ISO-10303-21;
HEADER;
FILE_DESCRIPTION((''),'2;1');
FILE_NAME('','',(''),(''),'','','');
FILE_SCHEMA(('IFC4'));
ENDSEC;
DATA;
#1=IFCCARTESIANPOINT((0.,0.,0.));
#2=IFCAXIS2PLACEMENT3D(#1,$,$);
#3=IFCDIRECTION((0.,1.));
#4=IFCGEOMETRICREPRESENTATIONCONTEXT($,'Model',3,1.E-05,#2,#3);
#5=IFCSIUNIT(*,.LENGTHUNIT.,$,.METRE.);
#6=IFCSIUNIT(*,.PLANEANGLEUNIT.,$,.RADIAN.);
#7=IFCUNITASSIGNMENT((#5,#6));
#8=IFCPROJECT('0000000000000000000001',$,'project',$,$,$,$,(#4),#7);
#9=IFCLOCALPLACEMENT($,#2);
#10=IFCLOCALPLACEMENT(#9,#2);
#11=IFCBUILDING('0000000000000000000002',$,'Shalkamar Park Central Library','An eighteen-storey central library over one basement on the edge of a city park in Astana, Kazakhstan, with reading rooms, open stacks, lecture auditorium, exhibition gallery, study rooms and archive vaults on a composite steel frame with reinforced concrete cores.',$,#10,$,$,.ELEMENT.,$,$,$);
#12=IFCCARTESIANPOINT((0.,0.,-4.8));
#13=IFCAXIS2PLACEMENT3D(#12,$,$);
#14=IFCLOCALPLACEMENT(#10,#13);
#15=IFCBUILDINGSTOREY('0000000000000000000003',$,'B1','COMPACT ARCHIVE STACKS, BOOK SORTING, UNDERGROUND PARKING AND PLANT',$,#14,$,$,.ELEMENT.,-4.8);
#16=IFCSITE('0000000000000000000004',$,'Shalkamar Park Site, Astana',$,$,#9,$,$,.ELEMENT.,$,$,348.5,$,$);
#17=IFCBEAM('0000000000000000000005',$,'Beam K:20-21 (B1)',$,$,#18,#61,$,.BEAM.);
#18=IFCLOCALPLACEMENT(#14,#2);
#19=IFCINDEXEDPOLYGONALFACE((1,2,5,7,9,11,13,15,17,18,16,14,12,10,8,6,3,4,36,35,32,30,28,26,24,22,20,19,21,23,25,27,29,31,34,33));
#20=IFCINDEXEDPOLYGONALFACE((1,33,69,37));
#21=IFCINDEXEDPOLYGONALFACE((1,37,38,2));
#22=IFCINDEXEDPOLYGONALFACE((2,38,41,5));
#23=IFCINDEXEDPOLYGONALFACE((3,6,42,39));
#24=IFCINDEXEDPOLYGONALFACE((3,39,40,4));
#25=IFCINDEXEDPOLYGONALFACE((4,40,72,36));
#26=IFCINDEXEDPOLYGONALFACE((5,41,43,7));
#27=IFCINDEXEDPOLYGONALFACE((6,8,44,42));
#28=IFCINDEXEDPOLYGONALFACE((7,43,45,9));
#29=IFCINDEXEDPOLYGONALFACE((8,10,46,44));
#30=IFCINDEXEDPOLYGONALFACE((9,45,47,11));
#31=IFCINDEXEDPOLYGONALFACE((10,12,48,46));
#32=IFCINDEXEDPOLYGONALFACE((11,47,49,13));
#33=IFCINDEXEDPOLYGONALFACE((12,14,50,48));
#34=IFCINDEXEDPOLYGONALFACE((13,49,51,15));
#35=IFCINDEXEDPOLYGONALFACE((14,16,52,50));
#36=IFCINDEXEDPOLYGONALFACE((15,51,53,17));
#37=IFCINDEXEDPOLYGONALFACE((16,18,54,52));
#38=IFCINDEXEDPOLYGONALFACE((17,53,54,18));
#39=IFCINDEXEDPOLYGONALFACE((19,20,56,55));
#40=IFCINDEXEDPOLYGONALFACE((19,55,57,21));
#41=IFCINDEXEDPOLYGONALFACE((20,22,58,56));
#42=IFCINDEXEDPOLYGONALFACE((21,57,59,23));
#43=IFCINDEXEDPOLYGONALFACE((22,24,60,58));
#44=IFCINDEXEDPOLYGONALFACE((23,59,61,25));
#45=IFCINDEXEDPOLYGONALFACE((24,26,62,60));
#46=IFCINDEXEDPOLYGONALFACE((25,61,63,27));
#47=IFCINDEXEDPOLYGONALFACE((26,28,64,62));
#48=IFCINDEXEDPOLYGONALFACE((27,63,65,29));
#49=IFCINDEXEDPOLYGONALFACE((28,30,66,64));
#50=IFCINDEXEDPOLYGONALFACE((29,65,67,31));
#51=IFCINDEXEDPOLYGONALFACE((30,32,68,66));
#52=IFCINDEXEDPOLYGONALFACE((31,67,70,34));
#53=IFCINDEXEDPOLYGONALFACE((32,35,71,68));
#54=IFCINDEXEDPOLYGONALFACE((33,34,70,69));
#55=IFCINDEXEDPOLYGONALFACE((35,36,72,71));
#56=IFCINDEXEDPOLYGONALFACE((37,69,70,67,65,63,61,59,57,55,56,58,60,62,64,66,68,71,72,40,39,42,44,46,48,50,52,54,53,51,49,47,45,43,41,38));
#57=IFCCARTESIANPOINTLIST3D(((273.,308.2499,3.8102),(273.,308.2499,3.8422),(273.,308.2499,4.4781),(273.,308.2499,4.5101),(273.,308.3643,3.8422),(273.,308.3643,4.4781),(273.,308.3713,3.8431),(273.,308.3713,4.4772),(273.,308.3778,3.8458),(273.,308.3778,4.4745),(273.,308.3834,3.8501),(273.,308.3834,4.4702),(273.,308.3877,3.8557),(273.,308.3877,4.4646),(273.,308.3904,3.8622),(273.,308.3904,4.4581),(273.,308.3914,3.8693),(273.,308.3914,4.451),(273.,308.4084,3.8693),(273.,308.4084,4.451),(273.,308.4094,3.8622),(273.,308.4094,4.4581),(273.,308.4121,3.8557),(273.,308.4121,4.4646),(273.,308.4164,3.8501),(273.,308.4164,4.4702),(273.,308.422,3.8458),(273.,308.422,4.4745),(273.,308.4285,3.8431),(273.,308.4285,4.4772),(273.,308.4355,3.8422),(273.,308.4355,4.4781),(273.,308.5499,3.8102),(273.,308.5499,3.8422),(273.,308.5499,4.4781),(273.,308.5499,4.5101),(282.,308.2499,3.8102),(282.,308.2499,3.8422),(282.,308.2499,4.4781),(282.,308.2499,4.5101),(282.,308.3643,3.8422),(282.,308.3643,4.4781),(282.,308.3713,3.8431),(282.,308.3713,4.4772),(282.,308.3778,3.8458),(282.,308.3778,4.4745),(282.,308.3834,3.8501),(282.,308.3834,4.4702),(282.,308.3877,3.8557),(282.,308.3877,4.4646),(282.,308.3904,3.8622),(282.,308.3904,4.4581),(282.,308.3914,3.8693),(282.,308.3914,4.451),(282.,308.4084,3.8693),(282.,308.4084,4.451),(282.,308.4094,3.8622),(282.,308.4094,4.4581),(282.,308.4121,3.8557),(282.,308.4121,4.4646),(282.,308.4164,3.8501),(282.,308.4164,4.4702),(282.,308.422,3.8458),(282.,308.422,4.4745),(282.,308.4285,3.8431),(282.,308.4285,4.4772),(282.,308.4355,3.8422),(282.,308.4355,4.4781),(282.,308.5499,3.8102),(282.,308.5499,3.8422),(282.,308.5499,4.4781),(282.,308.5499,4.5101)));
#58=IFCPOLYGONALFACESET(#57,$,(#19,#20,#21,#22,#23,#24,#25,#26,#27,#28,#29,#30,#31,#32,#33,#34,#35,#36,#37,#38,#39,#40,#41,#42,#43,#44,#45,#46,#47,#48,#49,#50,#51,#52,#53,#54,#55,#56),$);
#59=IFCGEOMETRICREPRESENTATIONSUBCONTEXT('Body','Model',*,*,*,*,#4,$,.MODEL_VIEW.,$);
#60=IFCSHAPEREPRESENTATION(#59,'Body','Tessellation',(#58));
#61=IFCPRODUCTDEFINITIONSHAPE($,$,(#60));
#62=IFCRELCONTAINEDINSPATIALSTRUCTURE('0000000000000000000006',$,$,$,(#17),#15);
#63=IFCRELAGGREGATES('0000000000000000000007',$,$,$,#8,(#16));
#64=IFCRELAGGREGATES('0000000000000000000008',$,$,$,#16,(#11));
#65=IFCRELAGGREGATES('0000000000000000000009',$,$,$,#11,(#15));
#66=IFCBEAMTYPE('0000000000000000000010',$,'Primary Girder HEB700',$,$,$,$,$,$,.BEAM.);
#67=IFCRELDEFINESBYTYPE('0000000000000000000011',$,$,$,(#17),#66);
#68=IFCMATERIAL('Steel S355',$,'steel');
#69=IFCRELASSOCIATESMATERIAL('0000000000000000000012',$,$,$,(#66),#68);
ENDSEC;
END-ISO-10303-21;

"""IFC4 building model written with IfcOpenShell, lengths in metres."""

from ifc_helpers import new_model, si_unit, direction, frame, origin, origin_2d, place, context, subcontext, project, spatial, i_section, extrude, material, material_profile, profile_set, type_object, element, save


model = new_model("IFC4")

# Units and contexts
model_context = context("Model", 3, precision=1e-05, world=origin(), true_north=direction((0.0, 1.0)))
body_context = subcontext(model_context, "Body", "Model", "MODEL_VIEW")
ifc_project = project(units=[si_unit("LENGTHUNIT", "METRE"), si_unit("PLANEANGLEUNIT", "RADIAN")], contexts=[model_context])

# Site, building, storey
site_placement = place(None, origin())
site = spatial("IfcSite", under=ifc_project, at=site_placement, Name="Shalkamar Park Site, Astana", CompositionType="ELEMENT", RefElevation=348.5)
building_placement = place(site_placement, origin())
building = spatial("IfcBuilding", under=site, at=building_placement, Name="Shalkamar Park Central Library", Description="An eighteen-storey central library over one basement on the edge of a city park in Astana, Kazakhstan, with reading rooms, open stacks, lecture auditorium, exhibition gallery, study rooms and archive vaults on a composite steel frame with reinforced concrete cores.", CompositionType="ELEMENT")
storey_placement = place(building_placement, frame((0.0, 0.0, -4.8)))
storey = spatial("IfcBuildingStorey", under=building, at=storey_placement, Name="B1", Description="COMPACT ARCHIVE STACKS, BOOK SORTING, UNDERGROUND PARKING AND PLANT", CompositionType="ELEMENT", Elevation=-4.8)

# Shared definitions
ifc_material_1 = material(Name="Steel S355", Category="steel")

# Beam
ifc_material_profile_1 = material_profile(ifc_material_1, i_section(OverallWidth=0.3, OverallDepth=0.7, WebThickness=0.0171, FlangeThickness=0.032, FilletRadius=0.0271, at=origin_2d()), Name="HEB 700")
ifc_profile_set_1 = profile_set([ifc_material_profile_1], Name="Steel S355")
beam_type_1 = type_object("IfcBeamType", Name="Primary Girder HEB700", PredefinedType="BEAM", material=ifc_profile_set_1)
for number, where, z_axis, x_axis, name in (
    (1, (273.0, 308.3999, 4.1602), (1.0, 0.0, 0.0), (0.0, 1.0, 0.0), "Beam K:20-21 (B1)"),
):
    element("IfcBeam", number, at=place(storey_placement, frame(where, z_axis=z_axis, x_axis=x_axis)), inside=storey, type_object=beam_type_1, Name=name, PredefinedType="BEAM", context=body_context, shape_type="SweptSolid", body=[
        extrude(i_section(OverallWidth=0.3, OverallDepth=0.7, WebThickness=0.0171, FlangeThickness=0.032, FilletRadius=0.0271, at=origin_2d()), origin(), (0.0, 0.0, 1.0), 9.0),
    ])

save(model, "model.ifc")
